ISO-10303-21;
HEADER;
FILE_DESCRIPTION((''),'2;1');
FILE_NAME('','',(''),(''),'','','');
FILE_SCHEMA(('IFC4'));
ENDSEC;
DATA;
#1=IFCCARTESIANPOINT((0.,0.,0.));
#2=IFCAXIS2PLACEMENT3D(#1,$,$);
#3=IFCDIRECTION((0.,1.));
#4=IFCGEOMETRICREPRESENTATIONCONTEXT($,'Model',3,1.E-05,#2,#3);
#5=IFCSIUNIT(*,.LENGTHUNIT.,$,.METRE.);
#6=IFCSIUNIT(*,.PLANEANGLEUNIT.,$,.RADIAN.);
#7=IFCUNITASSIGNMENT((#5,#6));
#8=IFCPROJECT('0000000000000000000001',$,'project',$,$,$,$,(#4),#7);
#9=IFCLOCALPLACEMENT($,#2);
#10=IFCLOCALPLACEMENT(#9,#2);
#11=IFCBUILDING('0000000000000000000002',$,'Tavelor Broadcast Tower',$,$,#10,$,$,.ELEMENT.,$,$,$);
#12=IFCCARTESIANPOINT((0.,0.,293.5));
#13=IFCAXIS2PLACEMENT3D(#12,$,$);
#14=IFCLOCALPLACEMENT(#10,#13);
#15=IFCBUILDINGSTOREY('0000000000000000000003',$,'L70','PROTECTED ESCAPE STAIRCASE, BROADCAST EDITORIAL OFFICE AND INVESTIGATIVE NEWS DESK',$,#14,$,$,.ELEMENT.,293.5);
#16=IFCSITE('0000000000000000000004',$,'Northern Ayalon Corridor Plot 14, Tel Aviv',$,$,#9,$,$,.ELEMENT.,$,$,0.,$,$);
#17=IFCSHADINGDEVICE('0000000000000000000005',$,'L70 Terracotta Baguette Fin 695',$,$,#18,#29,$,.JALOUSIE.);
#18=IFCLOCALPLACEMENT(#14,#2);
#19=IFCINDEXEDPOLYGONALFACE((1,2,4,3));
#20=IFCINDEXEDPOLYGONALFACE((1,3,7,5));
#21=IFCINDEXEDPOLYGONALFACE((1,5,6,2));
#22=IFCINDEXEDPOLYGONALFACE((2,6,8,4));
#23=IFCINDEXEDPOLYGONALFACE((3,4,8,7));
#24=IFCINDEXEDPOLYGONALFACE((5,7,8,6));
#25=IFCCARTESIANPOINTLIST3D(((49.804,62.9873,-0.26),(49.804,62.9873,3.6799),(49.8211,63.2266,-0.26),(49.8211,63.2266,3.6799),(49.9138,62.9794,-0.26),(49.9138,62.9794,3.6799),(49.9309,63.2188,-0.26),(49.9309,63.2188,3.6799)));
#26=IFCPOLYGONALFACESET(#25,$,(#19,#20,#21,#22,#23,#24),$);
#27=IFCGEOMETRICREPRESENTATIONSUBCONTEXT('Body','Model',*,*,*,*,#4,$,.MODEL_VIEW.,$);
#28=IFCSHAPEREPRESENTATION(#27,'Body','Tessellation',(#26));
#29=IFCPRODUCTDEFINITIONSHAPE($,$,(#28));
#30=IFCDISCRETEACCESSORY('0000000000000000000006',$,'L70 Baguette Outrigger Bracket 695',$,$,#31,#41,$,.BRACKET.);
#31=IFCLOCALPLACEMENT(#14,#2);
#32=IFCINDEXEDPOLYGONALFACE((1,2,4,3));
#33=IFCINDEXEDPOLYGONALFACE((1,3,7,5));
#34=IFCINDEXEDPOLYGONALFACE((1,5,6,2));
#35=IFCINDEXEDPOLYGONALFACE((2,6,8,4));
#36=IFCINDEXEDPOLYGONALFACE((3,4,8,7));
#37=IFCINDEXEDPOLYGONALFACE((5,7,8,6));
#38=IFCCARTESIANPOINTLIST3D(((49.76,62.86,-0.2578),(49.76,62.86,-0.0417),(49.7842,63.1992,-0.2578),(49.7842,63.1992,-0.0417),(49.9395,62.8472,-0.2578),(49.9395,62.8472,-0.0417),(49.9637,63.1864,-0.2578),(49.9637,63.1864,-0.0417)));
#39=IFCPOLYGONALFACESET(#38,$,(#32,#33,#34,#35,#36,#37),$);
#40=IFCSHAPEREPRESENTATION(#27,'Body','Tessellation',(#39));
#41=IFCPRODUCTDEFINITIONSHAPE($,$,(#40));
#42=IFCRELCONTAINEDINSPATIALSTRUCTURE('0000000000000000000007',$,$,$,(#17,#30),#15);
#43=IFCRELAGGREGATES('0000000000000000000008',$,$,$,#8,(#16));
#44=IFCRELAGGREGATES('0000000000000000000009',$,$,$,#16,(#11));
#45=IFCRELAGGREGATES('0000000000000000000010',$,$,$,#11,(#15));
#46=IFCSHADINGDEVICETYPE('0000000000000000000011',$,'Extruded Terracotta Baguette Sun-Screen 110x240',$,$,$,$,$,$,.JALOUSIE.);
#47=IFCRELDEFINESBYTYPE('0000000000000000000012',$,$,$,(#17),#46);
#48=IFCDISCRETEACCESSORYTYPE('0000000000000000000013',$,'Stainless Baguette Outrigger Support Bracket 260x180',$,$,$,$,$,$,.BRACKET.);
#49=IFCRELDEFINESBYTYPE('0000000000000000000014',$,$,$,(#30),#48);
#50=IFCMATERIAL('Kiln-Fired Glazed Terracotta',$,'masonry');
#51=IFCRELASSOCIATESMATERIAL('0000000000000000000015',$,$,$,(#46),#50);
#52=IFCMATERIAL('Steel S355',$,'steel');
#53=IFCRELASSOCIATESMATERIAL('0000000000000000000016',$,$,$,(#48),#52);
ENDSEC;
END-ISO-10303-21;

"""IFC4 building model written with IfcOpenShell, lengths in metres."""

from ifc_helpers import new_model, si_unit, direction, frame, origin, origin_2d, place, context, subcontext, project, spatial, rectangle, extrude, source, transform, mapped, material, type_object, type_shapes, element, save


model = new_model("IFC4")

# Units and contexts
model_context = context("Model", 3, precision=1e-05, world=origin(), true_north=direction((0.0, 1.0)))
body_context = subcontext(model_context, "Body", "Model", "MODEL_VIEW")
ifc_project = project(units=[si_unit("LENGTHUNIT", "METRE"), si_unit("PLANEANGLEUNIT", "RADIAN")], contexts=[model_context])

# Site, building, storey
site_placement = place(None, origin())
site = spatial("IfcSite", under=ifc_project, at=site_placement, Name="Northern Ayalon Corridor Plot 14, Tel Aviv", CompositionType="ELEMENT", RefElevation=0.0)
building_placement = place(site_placement, origin())
building = spatial("IfcBuilding", under=site, at=building_placement, Name="Tavelor Broadcast Tower", CompositionType="ELEMENT")
storey_placement = place(building_placement, frame((0.0, 0.0, 293.5)))
storey = spatial("IfcBuildingStorey", under=building, at=storey_placement, Name="L70", Description="PROTECTED ESCAPE STAIRCASE, BROADCAST EDITORIAL OFFICE AND INVESTIGATIVE NEWS DESK", CompositionType="ELEMENT", Elevation=293.5)

# Shared definitions
ifc_material_1 = material(Name="Steel S355", Category="steel")

# Shading device
ifc_material_2 = material(Name="Kiln-Fired Glazed Terracotta", Category="masonry")
shading_device_type = type_object("IfcShadingDeviceType", Name="Extruded Terracotta Baguette Sun-Screen 110x240", PredefinedType="JALOUSIE", material=ifc_material_2)
shared_shape_1 = source(origin(), body_context, "Body", "SweptSolid", [
    extrude(rectangle(XDim=0.1101, YDim=0.24, at=origin_2d()), origin(), (0.0, 0.0, 1.0), 3.9399),
])
type_shapes(shading_device_type, [shared_shape_1])
shading_device_placement = place(storey_placement, frame((49.8674, 63.103, -0.26), z_axis=(0.0, 0.0, 1.0), x_axis=(-0.997466, 0.071149, 0.0)))
element("IfcShadingDevice", 1, at=shading_device_placement, inside=storey, type_object=shading_device_type, Name="L70 Terracotta Baguette Fin 695", PredefinedType="JALOUSIE", context=body_context, shape_type="MappedRepresentation", body=[
    mapped(shared_shape_1, transform((0.0, 0.0, 0.0), scale=1.0)),
])

# Discrete accessory
discrete_accessory_type = type_object("IfcDiscreteAccessoryType", Name="Stainless Baguette Outrigger Support Bracket 260x180", PredefinedType="BRACKET", material=ifc_material_1)
shared_shape_2 = source(origin(), body_context, "Body", "SweptSolid", [
    extrude(rectangle(XDim=0.1799, YDim=0.3401, at=origin_2d()), origin(), (0.0, 0.0, 1.0), 0.2161),
])
type_shapes(discrete_accessory_type, [shared_shape_2])
discrete_accessory_placement = place(storey_placement, frame((49.8618, 63.0232, -0.2578), z_axis=(0.0, 0.0, 1.0), x_axis=(-0.997466, 0.071149, 0.0)))
element("IfcDiscreteAccessory", 2, at=discrete_accessory_placement, inside=storey, type_object=discrete_accessory_type, Name="L70 Baguette Outrigger Bracket 695", PredefinedType="BRACKET", context=body_context, shape_type="MappedRepresentation", body=[
    mapped(shared_shape_2, transform((0.0, 0.0, 0.0), scale=1.0)),
])

save(model, "model.ifc")
